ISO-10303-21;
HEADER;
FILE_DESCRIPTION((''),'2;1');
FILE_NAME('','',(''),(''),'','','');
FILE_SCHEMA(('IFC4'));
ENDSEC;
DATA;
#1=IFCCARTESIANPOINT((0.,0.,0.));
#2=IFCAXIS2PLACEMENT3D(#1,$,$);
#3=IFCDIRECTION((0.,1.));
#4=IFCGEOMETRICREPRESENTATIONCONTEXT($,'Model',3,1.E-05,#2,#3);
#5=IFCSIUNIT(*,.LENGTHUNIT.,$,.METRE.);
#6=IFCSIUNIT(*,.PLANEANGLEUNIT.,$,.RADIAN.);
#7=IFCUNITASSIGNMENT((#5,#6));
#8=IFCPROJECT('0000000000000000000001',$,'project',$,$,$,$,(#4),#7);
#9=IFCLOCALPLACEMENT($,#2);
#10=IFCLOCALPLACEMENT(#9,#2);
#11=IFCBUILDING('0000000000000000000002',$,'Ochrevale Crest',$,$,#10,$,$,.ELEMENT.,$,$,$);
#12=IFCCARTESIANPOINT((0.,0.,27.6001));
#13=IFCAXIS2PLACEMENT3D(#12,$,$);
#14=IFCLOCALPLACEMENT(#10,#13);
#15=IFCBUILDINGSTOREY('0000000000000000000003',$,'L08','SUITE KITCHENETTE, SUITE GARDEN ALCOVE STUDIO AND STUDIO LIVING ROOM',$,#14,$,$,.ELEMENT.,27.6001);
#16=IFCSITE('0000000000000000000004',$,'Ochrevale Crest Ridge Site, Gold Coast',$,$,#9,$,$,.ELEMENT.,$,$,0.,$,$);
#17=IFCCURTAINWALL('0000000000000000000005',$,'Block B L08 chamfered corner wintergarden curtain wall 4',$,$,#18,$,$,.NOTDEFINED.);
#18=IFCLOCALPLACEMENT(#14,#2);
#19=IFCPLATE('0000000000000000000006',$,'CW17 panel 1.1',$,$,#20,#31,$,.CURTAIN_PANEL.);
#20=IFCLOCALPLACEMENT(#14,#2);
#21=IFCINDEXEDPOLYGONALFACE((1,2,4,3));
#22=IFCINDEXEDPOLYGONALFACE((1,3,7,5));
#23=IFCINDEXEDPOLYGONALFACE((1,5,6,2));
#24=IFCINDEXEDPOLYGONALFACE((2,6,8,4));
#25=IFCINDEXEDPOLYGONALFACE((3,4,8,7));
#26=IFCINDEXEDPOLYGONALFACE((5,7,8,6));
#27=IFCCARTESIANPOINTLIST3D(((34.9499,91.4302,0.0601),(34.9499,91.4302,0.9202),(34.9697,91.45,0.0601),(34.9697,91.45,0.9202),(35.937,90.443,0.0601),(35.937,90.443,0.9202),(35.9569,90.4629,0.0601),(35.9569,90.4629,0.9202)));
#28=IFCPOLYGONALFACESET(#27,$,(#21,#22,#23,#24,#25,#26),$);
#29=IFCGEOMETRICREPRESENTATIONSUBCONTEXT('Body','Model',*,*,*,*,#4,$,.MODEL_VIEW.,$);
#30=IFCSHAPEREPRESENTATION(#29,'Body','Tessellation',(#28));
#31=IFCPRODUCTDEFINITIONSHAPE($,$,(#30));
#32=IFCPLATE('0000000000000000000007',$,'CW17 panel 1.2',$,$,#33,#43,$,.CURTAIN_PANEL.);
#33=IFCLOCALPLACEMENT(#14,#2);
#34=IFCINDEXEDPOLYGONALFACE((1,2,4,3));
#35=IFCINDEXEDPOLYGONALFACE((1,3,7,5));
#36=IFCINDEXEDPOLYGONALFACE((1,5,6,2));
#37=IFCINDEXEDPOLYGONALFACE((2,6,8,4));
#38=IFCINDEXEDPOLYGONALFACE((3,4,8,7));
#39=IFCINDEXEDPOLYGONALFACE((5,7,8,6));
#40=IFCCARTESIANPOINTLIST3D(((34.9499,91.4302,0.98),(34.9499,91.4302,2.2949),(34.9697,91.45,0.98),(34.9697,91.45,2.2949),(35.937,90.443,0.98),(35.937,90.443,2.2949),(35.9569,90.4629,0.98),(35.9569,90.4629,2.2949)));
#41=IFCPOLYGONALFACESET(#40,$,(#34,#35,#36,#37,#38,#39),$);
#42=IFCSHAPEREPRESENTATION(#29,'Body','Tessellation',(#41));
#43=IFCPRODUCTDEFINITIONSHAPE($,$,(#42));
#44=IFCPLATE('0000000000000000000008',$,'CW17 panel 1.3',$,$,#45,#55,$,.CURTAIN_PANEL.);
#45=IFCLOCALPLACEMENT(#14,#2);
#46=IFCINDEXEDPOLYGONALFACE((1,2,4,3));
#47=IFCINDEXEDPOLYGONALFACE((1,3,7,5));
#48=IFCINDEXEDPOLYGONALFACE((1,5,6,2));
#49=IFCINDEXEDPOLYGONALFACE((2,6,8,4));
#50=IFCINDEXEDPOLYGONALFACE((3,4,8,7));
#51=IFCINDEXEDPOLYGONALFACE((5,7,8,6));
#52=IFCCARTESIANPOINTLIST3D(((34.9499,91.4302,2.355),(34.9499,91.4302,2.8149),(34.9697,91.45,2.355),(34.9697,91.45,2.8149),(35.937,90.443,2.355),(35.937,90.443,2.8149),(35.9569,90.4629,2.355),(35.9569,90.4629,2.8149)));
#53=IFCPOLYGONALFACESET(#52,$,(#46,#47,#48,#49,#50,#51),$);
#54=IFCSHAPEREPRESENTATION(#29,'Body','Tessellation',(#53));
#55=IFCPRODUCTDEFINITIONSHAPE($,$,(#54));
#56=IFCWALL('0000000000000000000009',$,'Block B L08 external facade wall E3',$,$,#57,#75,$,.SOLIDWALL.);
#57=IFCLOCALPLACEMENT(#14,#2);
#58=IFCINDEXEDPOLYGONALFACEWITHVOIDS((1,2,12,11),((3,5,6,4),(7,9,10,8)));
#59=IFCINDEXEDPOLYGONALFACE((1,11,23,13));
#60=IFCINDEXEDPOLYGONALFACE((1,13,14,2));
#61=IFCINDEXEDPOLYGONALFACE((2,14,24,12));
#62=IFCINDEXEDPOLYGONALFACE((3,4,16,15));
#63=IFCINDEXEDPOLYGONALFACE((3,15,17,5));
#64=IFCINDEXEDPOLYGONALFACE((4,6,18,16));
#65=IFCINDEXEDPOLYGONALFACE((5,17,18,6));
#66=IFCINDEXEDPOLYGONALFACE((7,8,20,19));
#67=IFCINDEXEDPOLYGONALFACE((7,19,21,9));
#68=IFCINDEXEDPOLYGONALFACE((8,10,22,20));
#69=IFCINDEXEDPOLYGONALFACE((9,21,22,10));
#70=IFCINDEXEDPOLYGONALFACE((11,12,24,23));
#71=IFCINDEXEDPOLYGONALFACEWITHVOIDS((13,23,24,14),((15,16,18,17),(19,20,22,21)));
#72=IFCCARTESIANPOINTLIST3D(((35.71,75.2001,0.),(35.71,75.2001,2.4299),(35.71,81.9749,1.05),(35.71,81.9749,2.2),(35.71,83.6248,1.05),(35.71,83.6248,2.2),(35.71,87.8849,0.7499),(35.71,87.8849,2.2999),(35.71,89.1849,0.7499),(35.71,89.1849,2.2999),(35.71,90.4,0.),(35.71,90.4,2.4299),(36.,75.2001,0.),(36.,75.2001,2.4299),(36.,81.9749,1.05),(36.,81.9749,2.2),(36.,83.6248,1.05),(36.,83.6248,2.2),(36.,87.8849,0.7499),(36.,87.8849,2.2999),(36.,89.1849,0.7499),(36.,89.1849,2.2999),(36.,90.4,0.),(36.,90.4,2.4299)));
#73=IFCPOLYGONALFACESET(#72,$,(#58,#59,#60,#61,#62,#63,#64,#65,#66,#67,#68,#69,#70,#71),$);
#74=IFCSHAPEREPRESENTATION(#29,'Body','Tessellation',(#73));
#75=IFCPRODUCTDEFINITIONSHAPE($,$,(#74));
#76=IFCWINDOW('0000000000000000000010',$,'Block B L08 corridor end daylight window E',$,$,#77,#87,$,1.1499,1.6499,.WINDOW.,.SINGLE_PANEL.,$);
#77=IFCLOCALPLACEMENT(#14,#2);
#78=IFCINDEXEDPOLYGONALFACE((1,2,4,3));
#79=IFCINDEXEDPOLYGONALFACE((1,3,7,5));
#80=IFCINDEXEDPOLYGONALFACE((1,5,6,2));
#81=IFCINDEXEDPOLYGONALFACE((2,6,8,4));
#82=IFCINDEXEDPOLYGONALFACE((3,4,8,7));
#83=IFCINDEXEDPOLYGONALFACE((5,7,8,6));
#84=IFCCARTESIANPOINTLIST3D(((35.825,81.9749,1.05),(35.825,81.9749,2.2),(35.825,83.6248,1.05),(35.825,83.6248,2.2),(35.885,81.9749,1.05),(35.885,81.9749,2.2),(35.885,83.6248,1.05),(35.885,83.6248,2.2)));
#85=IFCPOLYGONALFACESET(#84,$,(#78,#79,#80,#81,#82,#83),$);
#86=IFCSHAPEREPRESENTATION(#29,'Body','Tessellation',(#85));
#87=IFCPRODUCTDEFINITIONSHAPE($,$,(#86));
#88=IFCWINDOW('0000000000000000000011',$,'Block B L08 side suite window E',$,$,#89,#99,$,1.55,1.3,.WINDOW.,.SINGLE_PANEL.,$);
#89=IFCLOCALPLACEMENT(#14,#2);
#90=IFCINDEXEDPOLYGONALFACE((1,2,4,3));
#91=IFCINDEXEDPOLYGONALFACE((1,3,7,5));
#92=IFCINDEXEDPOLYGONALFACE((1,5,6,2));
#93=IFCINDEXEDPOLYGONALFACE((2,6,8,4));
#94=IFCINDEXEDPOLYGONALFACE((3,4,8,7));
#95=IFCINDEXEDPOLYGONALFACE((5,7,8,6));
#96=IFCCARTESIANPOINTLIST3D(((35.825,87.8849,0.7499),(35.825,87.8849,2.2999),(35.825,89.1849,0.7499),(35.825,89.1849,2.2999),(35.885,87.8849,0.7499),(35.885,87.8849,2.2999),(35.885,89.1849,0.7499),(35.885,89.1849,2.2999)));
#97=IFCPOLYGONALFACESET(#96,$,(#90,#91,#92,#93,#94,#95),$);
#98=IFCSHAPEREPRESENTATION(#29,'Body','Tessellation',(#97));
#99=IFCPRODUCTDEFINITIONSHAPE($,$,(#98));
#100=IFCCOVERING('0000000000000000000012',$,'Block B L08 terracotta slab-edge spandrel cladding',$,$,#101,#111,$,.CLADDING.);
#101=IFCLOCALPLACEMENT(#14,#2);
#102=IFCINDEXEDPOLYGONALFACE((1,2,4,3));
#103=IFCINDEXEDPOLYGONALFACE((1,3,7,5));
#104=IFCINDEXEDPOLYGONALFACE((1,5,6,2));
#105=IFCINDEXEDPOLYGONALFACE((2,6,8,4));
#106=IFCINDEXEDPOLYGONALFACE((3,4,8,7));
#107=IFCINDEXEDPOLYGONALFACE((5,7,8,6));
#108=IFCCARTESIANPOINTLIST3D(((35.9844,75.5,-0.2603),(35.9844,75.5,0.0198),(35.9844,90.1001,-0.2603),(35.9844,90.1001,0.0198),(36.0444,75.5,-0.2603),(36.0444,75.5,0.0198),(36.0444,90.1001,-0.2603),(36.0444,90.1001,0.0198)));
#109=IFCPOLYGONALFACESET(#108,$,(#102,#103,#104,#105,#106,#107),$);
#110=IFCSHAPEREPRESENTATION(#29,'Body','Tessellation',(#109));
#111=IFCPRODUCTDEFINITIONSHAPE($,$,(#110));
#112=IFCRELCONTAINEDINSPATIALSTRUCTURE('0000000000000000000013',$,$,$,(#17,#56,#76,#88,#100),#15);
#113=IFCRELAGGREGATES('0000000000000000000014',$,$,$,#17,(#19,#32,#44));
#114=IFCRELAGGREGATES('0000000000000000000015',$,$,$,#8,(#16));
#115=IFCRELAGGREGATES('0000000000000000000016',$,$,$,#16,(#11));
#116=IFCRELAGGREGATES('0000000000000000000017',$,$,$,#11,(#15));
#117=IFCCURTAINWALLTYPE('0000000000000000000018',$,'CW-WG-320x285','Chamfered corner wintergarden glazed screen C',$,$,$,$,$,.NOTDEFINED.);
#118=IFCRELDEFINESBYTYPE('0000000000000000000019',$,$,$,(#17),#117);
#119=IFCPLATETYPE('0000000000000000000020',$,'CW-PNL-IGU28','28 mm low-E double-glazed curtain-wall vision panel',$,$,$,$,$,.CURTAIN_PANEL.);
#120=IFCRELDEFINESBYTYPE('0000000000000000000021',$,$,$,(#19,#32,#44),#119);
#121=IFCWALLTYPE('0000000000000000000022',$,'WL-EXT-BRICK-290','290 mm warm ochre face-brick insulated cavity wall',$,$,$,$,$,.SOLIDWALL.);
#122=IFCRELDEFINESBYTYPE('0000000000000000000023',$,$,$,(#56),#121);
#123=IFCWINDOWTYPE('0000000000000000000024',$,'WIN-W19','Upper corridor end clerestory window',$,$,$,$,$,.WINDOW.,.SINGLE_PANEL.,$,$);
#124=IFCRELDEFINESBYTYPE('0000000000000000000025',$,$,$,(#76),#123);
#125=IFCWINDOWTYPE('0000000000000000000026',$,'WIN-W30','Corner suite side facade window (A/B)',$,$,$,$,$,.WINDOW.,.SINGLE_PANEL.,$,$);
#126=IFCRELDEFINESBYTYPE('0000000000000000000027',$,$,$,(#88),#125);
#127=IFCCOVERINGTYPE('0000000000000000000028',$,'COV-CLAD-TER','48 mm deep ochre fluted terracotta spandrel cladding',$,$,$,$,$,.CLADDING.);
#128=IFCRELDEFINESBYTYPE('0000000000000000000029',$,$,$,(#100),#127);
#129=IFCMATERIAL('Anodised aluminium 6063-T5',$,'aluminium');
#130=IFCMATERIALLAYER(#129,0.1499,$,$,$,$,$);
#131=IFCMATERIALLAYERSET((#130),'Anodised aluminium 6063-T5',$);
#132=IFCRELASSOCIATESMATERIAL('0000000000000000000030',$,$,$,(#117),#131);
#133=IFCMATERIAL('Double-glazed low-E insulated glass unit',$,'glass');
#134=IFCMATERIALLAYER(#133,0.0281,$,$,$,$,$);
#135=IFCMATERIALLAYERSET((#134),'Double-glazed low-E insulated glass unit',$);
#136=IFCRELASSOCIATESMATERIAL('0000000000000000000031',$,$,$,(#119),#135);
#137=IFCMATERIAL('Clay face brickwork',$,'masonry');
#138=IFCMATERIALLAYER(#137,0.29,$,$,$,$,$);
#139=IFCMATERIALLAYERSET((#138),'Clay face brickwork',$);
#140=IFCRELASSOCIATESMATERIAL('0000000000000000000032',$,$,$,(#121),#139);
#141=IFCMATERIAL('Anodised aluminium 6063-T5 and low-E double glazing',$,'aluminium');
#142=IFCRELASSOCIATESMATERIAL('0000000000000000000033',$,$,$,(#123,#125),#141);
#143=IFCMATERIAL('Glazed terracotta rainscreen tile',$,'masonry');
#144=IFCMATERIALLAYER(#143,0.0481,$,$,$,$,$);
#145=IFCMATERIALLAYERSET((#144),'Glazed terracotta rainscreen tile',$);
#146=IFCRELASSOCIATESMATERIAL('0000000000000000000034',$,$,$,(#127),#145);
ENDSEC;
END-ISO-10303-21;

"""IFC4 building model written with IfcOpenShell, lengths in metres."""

from ifc_helpers import new_model, si_unit, direction, frame, frame_2d, origin, origin_2d, place, context, subcontext, project, spatial, rectangle, extrude, material, layer, layer_set, type_object, element, fill, aggregate, save


model = new_model("IFC4")

# Units and contexts
model_context = context("Model", 3, precision=1e-05, world=origin(), true_north=direction((0.0, 1.0)))
body_context = subcontext(model_context, "Body", "Model", "MODEL_VIEW")
ifc_project = project(units=[si_unit("LENGTHUNIT", "METRE"), si_unit("PLANEANGLEUNIT", "RADIAN")], contexts=[model_context])

# Site, building, storey
site_placement = place(None, origin())
site = spatial("IfcSite", under=ifc_project, at=site_placement, Name="Ochrevale Crest Ridge Site, Gold Coast", CompositionType="ELEMENT", RefElevation=0.0)
building_placement = place(site_placement, origin())
building = spatial("IfcBuilding", under=site, at=building_placement, Name="Ochrevale Crest", CompositionType="ELEMENT")
storey_placement = place(building_placement, frame((0.0, 0.0, 27.6001)))
storey = spatial("IfcBuildingStorey", under=building, at=storey_placement, Name="L08", Description="SUITE KITCHENETTE, SUITE GARDEN ALCOVE STUDIO AND STUDIO LIVING ROOM", CompositionType="ELEMENT", Elevation=27.6001)

# Shared definitions
ifc_material_1 = material(Name="Anodised aluminium 6063-T5", Category="aluminium")

# Curtain wall
ifc_layer_1 = layer(ifc_material_1, 0.1499)
ifc_layer_set_1 = layer_set([ifc_layer_1], Name="Anodised aluminium 6063-T5")
curtain_wall_type_1 = type_object("IfcCurtainWallType", Name="CW-WG-320x285", Description="Chamfered corner wintergarden glazed screen C", PredefinedType="NOTDEFINED", material=ifc_layer_set_1)
curtain_wall_1_placement = place(storey_placement, origin())
curtain_wall_1 = element("IfcCurtainWall", 1, at=curtain_wall_1_placement, inside=storey, type_object=curtain_wall_type_1, Name="Block B L08 chamfered corner wintergarden curtain wall 4", PredefinedType="NOTDEFINED")

# Shared definitions
ifc_material_2 = material(Name="Double-glazed low-E insulated glass unit", Category="glass")
ifc_layer_2 = layer(ifc_material_2, 0.0281)
ifc_layer_set_2 = layer_set([ifc_layer_2], Name="Double-glazed low-E insulated glass unit")
plate_type = type_object("IfcPlateType", Name="CW-PNL-IGU28", Description="28 mm low-E double-glazed curtain-wall vision panel", PredefinedType="CURTAIN_PANEL", material=ifc_layer_set_2)

# Plates
plate_1_placement = place(storey_placement, frame((35.4534, 90.9465, 0.0601), z_axis=(0.0, 0.0, 1.0), x_axis=(-0.707107, 0.707107, 0.0)))
plate_1 = element("IfcPlate", 2, at=plate_1_placement, type_object=plate_type, Name="CW17 panel 1.1", PredefinedType="CURTAIN_PANEL", context=body_context, shape_type="SweptSolid", body=[
    extrude(rectangle(XDim=1.396, YDim=0.0281, at=origin_2d()), origin(), (0.0, 0.0, 1.0), 0.8601),
])
plate_2_placement = place(storey_placement, frame((35.4534, 90.9465, 0.98), z_axis=(0.0, 0.0, 1.0), x_axis=(-0.707107, 0.707107, 0.0)))
plate_2 = element("IfcPlate", 3, at=plate_2_placement, type_object=plate_type, Name="CW17 panel 1.2", PredefinedType="CURTAIN_PANEL", context=body_context, shape_type="SweptSolid", body=[
    extrude(rectangle(XDim=1.396, YDim=0.0281, at=origin_2d()), origin(), (0.0, 0.0, 1.0), 1.3149),
])
plate_3_placement = place(storey_placement, frame((35.4534, 90.9465, 2.355), z_axis=(0.0, 0.0, 1.0), x_axis=(-0.707107, 0.707107, 0.0)))
plate_3 = element("IfcPlate", 4, at=plate_3_placement, type_object=plate_type, Name="CW17 panel 1.3", PredefinedType="CURTAIN_PANEL", context=body_context, shape_type="SweptSolid", body=[
    extrude(rectangle(XDim=1.396, YDim=0.0281, at=origin_2d()), origin(), (0.0, 0.0, 1.0), 0.46),
])
aggregate(curtain_wall_1, [plate_1, plate_2, plate_3])

# Wall, openings, windows
ifc_material_3 = material(Name="Clay face brickwork", Category="masonry")
ifc_layer_3 = layer(ifc_material_3, 0.29)
ifc_layer_set_3 = layer_set([ifc_layer_3], Name="Clay face brickwork")
wall_type = type_object("IfcWallType", Name="WL-EXT-BRICK-290", Description="290 mm warm ochre face-brick insulated cavity wall", PredefinedType="SOLIDWALL", material=ifc_layer_set_3)
wall_placement = place(storey_placement, frame((35.855, 75.2, 0.0), z_axis=(0.0, 0.0, 1.0), x_axis=(0.0, 1.0, 0.0)))
wall = element("IfcWall", 5, at=wall_placement, inside=storey, type_object=wall_type, Name="Block B L08 external facade wall E3", PredefinedType="SOLIDWALL", context=body_context, shape_type="SweptSolid", body=[
    extrude(rectangle(XDim=15.2, YDim=0.29, at=frame_2d((7.6001, 0.0))), origin(), (0.0, 0.0, 1.0), 2.4299),
])
opening_1_placement = place(wall_placement, frame((6.7749, 0.0, 1.05)))
opening_1 = element("IfcOpeningElement", 6, at=opening_1_placement, cuts=wall, PredefinedType="OPENING", context=body_context, shape_type="SweptSolid", body=[
    extrude(rectangle(XDim=1.6499, YDim=1.1499, at=frame_2d((0.825, 0.575))), frame((0.0, 0.155, 0.0), z_axis=(0.0, -1.0, 0.0), x_axis=(1.0, 0.0, 0.0)), (0.0, 0.0, 1.0), 0.3101),
])
opening_2_placement = place(wall_placement, frame((12.6851, 0.0, 0.75)))
opening_2 = element("IfcOpeningElement", 7, at=opening_2_placement, cuts=wall, PredefinedType="OPENING", context=body_context, shape_type="SweptSolid", body=[
    extrude(rectangle(XDim=1.3, YDim=1.55, at=frame_2d((0.6499, 0.7749))), frame((0.0, 0.155, 0.0), z_axis=(0.0, -1.0, 0.0), x_axis=(1.0, 0.0, 0.0)), (0.0, 0.0, 1.0), 0.3101),
])
ifc_material_4 = material(Name="Anodised aluminium 6063-T5 and low-E double glazing", Category="aluminium")
window_type_1 = type_object("IfcWindowType", Name="WIN-W19", Description="Upper corridor end clerestory window", PartitioningType="SINGLE_PANEL", PredefinedType="WINDOW", material=ifc_material_4)
window_1_placement = place(opening_1_placement, origin())
window_1 = element("IfcWindow", 8, at=window_1_placement, inside=storey, type_object=window_type_1, Name="Block B L08 corridor end daylight window E", OverallHeight=1.1499, OverallWidth=1.6499, PartitioningType="SINGLE_PANEL", PredefinedType="WINDOW", context=body_context, shape_type="SweptSolid", body=[
    extrude(rectangle(XDim=1.6499, YDim=1.1499, at=frame_2d((0.825, 0.575))), frame((0.0, 0.03, 0.0), z_axis=(0.0, -1.0, 0.0), x_axis=(1.0, 0.0, 0.0)), (0.0, 0.0, 1.0), 0.0601),
])
fill(opening_1, window_1)
window_type_2 = type_object("IfcWindowType", Name="WIN-W30", Description="Corner suite side facade window (A/B)", PartitioningType="SINGLE_PANEL", PredefinedType="WINDOW", material=ifc_material_4)
window_2_placement = place(opening_2_placement, origin())
window_2 = element("IfcWindow", 9, at=window_2_placement, inside=storey, type_object=window_type_2, Name="Block B L08 side suite window E", OverallHeight=1.55, OverallWidth=1.3, PartitioningType="SINGLE_PANEL", PredefinedType="WINDOW", context=body_context, shape_type="SweptSolid", body=[
    extrude(rectangle(XDim=1.3, YDim=1.55, at=frame_2d((0.6499, 0.7749))), frame((0.0, 0.03, 0.0), z_axis=(0.0, -1.0, 0.0), x_axis=(1.0, 0.0, 0.0)), (0.0, 0.0, 1.0), 0.0601),
])
fill(opening_2, window_2)

# Covering
ifc_material_5 = material(Name="Glazed terracotta rainscreen tile", Category="masonry")
ifc_layer_4 = layer(ifc_material_5, 0.0481)
ifc_layer_set_4 = layer_set([ifc_layer_4], Name="Glazed terracotta rainscreen tile")
covering_type = type_object("IfcCoveringType", Name="COV-CLAD-TER", Description="48 mm deep ochre fluted terracotta spandrel cladding", PredefinedType="CLADDING", material=ifc_layer_set_4)
covering_placement = place(storey_placement, frame((36.0144, 82.8, -0.2603), z_axis=(0.0, 0.0, 1.0), x_axis=(0.0, 1.0, 0.0)))
element("IfcCovering", 10, at=covering_placement, inside=storey, type_object=covering_type, Name="Block B L08 terracotta slab-edge spandrel cladding", PredefinedType="CLADDING", context=body_context, shape_type="SweptSolid", body=[
    extrude(rectangle(XDim=14.6001, YDim=0.0601, at=origin_2d()), origin(), (0.0, 0.0, 1.0), 0.28),
])

save(model, "model.ifc")
